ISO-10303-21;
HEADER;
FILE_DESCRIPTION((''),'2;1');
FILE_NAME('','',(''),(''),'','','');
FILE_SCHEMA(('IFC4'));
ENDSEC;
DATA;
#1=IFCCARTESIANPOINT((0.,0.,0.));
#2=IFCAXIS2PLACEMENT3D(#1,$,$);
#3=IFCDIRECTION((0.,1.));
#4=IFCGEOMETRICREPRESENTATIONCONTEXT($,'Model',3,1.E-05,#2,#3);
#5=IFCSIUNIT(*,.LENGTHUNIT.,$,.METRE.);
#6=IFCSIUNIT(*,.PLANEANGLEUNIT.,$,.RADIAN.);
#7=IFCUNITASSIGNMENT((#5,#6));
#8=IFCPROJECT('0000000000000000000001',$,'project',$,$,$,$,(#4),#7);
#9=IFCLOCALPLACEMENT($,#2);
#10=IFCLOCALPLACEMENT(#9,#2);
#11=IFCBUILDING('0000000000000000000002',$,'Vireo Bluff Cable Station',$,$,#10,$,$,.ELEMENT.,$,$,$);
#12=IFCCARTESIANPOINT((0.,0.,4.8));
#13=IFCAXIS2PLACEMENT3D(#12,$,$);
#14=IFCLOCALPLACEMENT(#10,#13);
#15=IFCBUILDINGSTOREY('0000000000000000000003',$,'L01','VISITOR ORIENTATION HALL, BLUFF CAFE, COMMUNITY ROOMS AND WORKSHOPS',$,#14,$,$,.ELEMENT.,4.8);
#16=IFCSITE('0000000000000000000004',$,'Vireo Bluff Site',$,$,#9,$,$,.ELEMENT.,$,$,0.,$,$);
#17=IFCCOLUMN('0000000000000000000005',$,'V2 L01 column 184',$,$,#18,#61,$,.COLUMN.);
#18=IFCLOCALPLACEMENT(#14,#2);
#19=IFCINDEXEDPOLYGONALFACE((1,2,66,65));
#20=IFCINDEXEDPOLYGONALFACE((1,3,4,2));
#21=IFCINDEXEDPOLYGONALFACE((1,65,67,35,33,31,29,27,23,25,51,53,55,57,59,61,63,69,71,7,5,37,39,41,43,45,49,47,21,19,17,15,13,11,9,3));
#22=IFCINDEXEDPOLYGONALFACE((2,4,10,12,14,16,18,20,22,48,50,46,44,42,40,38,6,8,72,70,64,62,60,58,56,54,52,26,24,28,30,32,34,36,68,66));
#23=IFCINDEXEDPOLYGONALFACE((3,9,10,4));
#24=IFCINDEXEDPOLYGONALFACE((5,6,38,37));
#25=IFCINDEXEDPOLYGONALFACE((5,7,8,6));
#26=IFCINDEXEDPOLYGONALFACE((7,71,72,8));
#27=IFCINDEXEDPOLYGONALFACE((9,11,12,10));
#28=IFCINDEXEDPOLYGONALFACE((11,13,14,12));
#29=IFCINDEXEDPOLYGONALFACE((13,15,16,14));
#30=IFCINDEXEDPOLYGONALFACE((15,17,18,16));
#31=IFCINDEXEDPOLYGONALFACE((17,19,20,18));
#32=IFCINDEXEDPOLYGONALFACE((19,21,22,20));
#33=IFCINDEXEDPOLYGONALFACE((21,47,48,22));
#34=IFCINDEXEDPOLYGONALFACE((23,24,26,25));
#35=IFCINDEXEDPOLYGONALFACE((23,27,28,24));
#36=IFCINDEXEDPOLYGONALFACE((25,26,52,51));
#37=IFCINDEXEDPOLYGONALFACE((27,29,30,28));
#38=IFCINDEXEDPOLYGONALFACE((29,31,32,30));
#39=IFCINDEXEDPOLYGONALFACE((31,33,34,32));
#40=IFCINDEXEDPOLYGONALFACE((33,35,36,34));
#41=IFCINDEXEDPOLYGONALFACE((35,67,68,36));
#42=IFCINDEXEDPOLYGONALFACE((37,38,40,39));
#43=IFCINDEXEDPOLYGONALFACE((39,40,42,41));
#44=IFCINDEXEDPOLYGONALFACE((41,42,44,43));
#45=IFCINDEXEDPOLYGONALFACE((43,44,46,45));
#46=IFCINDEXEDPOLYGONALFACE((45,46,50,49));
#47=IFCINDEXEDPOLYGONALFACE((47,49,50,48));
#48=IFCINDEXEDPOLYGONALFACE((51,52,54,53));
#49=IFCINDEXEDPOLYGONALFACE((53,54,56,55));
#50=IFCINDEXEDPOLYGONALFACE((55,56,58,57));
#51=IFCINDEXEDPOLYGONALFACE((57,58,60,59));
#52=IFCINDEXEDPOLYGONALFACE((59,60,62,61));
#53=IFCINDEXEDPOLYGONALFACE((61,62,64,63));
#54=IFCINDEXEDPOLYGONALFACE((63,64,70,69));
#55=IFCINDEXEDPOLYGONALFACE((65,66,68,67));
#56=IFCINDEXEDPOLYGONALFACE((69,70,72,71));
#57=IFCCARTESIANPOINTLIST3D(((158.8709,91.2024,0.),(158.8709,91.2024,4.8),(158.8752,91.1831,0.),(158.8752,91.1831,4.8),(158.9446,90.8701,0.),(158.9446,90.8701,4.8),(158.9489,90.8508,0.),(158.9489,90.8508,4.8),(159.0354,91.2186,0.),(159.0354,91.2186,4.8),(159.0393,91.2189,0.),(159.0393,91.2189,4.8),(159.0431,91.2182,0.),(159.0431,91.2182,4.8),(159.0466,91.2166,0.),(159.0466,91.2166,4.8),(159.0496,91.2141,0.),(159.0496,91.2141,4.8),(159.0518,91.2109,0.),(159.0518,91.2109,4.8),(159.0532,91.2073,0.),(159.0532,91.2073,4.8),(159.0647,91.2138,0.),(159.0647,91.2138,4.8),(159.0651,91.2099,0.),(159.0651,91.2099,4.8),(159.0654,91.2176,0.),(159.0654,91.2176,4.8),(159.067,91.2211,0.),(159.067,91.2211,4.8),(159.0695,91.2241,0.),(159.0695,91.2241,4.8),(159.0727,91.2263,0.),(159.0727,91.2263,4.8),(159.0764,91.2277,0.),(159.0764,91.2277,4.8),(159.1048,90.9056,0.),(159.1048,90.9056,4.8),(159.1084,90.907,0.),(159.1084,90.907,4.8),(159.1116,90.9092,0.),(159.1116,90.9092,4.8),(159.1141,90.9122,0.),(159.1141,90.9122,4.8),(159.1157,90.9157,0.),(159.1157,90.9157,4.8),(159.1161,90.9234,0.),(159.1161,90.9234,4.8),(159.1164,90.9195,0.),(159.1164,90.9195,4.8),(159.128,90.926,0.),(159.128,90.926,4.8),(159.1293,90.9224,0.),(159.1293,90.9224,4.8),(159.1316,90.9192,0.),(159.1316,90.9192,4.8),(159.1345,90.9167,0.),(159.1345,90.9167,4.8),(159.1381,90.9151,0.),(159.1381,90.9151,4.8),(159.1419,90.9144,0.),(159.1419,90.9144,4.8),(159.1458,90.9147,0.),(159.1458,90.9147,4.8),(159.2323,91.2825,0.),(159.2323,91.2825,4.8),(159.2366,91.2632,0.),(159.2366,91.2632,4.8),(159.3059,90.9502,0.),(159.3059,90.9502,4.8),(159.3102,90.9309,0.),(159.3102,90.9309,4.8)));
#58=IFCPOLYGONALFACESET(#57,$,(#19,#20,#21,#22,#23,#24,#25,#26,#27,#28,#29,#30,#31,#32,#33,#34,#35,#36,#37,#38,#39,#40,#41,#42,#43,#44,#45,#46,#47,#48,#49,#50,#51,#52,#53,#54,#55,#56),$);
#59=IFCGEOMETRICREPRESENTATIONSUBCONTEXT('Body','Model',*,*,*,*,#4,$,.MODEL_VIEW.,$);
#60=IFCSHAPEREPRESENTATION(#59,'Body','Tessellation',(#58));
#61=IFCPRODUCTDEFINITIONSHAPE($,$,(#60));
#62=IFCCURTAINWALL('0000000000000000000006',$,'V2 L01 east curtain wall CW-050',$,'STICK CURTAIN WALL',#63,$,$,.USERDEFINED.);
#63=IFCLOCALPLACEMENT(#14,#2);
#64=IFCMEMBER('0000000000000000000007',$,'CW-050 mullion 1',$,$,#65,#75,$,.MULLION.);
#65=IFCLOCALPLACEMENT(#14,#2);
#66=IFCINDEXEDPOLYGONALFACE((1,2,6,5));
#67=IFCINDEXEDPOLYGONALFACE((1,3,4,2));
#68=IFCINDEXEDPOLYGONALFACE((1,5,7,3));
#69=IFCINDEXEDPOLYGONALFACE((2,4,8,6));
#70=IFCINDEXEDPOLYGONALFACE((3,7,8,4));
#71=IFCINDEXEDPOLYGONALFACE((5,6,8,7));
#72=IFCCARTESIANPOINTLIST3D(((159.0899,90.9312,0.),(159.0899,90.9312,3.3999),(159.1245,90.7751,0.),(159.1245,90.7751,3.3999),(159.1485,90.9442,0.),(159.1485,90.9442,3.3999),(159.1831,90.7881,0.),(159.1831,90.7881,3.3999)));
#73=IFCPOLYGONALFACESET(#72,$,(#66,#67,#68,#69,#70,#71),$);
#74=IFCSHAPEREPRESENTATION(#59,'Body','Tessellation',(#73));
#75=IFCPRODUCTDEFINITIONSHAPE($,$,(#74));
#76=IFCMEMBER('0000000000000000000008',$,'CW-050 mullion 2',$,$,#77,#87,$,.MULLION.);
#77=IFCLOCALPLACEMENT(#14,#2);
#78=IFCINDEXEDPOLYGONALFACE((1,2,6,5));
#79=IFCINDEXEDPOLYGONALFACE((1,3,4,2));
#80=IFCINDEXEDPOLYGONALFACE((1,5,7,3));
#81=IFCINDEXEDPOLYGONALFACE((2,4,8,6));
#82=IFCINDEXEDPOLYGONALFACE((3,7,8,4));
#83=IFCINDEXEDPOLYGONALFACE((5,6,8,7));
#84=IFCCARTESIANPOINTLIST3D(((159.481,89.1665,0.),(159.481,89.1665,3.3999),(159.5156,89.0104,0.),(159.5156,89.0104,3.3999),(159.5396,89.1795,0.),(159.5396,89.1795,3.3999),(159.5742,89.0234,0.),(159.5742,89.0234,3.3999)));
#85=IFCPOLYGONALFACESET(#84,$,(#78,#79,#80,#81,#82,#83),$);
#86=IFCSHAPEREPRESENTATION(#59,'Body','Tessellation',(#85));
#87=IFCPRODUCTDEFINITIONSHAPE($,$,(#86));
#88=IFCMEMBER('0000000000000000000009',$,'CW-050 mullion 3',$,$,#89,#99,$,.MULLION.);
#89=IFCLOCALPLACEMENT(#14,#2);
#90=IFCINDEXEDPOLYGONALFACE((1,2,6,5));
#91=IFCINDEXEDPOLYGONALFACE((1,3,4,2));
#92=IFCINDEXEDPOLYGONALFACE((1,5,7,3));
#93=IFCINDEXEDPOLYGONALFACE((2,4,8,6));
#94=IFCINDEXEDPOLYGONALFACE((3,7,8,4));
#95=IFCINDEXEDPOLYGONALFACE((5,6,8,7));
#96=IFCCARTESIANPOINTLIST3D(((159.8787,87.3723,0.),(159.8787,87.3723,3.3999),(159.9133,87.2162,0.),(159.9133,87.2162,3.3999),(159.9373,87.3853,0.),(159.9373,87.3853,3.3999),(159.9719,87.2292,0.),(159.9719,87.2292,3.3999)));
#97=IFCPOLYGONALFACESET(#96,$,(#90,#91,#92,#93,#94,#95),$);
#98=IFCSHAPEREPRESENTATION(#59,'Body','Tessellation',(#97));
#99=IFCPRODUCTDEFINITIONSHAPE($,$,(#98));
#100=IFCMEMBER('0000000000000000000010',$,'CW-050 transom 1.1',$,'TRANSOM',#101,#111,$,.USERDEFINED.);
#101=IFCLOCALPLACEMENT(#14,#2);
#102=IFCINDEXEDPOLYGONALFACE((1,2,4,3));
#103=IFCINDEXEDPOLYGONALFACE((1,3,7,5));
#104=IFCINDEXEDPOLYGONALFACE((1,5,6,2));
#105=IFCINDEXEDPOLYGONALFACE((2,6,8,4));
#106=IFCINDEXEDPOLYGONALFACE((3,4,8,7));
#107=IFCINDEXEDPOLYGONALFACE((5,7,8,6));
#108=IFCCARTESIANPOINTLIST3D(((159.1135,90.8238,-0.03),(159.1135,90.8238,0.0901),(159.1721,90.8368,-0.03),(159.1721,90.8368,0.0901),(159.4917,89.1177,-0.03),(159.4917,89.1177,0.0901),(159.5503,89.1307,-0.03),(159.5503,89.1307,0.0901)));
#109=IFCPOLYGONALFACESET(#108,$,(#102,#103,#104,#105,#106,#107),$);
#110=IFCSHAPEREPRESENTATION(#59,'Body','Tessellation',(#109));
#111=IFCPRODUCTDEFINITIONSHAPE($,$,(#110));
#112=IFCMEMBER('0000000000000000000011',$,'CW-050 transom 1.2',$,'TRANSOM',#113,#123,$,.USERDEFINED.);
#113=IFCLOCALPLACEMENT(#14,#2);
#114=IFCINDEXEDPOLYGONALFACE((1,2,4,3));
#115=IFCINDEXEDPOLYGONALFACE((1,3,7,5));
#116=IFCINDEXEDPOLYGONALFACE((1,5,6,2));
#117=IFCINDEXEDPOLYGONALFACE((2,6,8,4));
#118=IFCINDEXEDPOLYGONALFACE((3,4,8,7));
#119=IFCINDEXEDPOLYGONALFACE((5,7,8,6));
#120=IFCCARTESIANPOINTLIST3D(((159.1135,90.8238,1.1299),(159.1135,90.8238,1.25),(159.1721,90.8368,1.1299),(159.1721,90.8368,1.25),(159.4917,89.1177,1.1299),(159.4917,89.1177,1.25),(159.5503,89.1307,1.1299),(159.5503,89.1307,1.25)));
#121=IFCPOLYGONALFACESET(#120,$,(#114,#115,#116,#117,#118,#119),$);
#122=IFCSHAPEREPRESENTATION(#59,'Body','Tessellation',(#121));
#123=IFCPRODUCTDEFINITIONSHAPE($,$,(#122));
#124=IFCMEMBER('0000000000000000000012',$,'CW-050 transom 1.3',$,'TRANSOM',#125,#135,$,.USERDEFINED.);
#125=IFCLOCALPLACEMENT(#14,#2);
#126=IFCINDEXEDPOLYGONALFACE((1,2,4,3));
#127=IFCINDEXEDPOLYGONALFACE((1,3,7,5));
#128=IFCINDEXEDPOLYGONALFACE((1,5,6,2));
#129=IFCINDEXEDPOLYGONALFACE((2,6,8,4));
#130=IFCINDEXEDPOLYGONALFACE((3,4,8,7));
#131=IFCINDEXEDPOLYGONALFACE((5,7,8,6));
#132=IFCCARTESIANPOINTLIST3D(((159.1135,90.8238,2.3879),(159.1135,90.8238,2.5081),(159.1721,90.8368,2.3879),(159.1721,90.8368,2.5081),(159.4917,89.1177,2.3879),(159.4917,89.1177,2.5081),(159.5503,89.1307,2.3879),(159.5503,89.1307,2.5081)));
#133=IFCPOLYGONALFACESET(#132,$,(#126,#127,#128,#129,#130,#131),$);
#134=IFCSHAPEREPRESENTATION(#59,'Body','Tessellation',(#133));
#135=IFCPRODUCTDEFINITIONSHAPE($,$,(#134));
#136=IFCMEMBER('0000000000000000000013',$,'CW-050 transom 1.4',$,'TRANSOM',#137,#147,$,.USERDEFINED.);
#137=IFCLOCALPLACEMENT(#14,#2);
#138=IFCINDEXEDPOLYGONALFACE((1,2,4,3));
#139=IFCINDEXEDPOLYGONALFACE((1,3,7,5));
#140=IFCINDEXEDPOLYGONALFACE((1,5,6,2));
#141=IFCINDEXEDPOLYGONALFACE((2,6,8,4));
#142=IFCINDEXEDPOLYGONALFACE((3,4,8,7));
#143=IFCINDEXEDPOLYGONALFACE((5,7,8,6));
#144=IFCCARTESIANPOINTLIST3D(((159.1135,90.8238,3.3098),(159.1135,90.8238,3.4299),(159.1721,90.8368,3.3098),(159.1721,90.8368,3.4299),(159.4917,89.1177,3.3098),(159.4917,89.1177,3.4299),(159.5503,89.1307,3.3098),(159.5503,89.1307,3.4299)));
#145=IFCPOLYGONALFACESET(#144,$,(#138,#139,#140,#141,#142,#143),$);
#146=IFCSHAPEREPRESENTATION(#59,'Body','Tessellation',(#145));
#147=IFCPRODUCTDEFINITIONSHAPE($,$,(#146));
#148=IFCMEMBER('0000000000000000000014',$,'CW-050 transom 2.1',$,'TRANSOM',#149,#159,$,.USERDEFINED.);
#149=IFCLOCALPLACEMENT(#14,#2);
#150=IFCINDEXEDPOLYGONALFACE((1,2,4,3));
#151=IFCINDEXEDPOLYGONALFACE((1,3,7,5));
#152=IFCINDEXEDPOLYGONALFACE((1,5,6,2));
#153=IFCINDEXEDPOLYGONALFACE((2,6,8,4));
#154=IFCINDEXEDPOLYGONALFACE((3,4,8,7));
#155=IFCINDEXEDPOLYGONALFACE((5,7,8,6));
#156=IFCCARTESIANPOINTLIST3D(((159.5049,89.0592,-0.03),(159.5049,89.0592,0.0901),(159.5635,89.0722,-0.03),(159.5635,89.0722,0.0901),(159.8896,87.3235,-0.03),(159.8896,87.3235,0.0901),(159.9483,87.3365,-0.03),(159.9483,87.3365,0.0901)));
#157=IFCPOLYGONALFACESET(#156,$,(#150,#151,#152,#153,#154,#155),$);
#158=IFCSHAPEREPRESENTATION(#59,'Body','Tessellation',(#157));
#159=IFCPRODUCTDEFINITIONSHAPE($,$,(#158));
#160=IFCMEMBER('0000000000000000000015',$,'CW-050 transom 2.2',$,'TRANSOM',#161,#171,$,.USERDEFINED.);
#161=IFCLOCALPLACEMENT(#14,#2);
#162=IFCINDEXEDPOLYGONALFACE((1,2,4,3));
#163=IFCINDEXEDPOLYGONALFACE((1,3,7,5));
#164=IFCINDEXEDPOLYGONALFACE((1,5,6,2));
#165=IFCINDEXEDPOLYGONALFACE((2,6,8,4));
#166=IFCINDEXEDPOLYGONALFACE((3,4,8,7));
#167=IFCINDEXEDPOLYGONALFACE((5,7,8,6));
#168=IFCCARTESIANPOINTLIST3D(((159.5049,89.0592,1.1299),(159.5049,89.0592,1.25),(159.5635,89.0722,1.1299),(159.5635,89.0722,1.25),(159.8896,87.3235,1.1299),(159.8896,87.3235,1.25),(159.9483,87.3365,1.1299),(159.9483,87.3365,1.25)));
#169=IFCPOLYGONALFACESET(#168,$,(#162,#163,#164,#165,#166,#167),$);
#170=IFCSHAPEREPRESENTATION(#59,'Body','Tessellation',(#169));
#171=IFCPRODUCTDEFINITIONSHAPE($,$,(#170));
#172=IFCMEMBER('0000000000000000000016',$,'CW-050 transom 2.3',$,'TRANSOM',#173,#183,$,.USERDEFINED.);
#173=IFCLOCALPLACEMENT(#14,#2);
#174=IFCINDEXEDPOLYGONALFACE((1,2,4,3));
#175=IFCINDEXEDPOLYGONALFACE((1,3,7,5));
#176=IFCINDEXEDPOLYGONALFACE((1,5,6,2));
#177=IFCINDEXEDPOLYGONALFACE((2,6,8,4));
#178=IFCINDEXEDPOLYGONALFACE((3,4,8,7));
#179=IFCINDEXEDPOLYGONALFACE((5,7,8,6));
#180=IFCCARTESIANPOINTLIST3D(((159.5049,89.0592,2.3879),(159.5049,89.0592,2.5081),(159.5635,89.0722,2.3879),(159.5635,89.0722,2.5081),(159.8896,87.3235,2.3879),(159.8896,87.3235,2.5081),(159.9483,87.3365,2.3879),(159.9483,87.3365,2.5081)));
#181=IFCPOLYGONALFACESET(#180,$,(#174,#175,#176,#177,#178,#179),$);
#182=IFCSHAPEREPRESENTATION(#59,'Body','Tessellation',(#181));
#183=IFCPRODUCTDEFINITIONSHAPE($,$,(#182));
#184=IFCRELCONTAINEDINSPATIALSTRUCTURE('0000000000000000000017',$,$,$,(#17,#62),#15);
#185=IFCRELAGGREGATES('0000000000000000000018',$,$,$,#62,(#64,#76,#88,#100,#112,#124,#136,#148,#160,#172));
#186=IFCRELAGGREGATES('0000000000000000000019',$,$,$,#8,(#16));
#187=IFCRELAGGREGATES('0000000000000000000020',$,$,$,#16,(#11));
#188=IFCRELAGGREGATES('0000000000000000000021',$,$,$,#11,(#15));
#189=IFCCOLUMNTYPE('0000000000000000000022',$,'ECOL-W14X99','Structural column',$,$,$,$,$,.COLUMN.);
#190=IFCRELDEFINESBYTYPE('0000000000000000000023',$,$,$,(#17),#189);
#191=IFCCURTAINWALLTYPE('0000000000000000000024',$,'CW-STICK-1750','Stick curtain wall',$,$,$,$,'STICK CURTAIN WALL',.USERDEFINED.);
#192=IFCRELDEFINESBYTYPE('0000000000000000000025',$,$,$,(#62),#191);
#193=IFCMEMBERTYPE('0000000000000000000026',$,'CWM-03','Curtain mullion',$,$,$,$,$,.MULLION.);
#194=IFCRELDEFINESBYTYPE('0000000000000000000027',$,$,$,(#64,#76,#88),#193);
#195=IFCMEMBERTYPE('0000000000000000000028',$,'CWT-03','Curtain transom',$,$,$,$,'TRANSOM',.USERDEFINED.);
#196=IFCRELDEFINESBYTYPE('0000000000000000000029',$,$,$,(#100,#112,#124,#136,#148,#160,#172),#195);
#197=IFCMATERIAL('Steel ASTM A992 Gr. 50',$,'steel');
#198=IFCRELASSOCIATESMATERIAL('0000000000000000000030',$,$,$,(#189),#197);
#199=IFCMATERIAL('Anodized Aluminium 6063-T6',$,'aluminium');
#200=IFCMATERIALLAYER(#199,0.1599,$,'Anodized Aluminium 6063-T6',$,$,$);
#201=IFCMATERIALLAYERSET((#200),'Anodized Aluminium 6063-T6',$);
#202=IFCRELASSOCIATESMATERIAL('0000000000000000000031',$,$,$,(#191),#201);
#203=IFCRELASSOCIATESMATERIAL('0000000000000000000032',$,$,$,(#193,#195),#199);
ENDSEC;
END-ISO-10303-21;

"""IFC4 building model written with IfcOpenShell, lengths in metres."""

from ifc_helpers import new_model, si_unit, direction, frame, origin, origin_2d, place, context, subcontext, project, spatial, rectangle, i_section, extrude, material, layer, layer_set, material_profile, profile_set, type_object, element, aggregate, save


model = new_model("IFC4")

# Units and contexts
model_context = context("Model", 3, precision=1e-05, world=origin(), true_north=direction((0.0, 1.0)))
body_context = subcontext(model_context, "Body", "Model", "MODEL_VIEW")
ifc_project = project(units=[si_unit("LENGTHUNIT", "METRE"), si_unit("PLANEANGLEUNIT", "RADIAN")], contexts=[model_context])

# Site, building, storey
site_placement = place(None, origin())
site = spatial("IfcSite", under=ifc_project, at=site_placement, Name="Vireo Bluff Site", CompositionType="ELEMENT", RefElevation=0.0)
building_placement = place(site_placement, origin())
building = spatial("IfcBuilding", under=site, at=building_placement, Name="Vireo Bluff Cable Station", CompositionType="ELEMENT")
storey_placement = place(building_placement, frame((0.0, 0.0, 4.8)))
storey = spatial("IfcBuildingStorey", under=building, at=storey_placement, Name="L01", Description="VISITOR ORIENTATION HALL, BLUFF CAFE, COMMUNITY ROOMS AND WORKSHOPS", CompositionType="ELEMENT", Elevation=4.8)

# Column
ifc_material_1 = material(Name="Steel ASTM A992 Gr. 50", Category="steel")
ifc_material_profile_1 = material_profile(ifc_material_1, i_section(OverallWidth=0.3701, OverallDepth=0.3601, WebThickness=0.0122, FlangeThickness=0.0198, FilletRadius=0.0149, at=origin_2d()), Name="W14X99")
ifc_profile_set_1 = profile_set([ifc_material_profile_1], Name="Steel ASTM A992 Gr. 50")
column_type = type_object("IfcColumnType", Name="ECOL-W14X99", Description="Structural column", PredefinedType="COLUMN", material=ifc_profile_set_1)
column_placement = place(storey_placement, frame((159.0906, 91.0667, 0.0), z_axis=(0.0, 0.0, 1.0), x_axis=(0.976296, 0.21644, 0.0)))
element("IfcColumn", 1, at=column_placement, inside=storey, type_object=column_type, Name="V2 L01 column 184", PredefinedType="COLUMN", context=body_context, shape_type="SweptSolid", body=[
    extrude(i_section(OverallWidth=0.3701, OverallDepth=0.3601, WebThickness=0.0122, FlangeThickness=0.0198, FilletRadius=0.0149, at=origin_2d()), origin(), (0.0, 0.0, 1.0), 4.8),
])

# Curtain wall, members
ifc_material_2 = material(Name="Anodized Aluminium 6063-T6", Category="aluminium")
ifc_layer_1 = layer(ifc_material_2, 0.1599, Name="Anodized Aluminium 6063-T6")
ifc_layer_set_1 = layer_set([ifc_layer_1], Name="Anodized Aluminium 6063-T6")
curtain_wall_type = type_object("IfcCurtainWallType", Name="CW-STICK-1750", Description="Stick curtain wall", ElementType="STICK CURTAIN WALL", PredefinedType="USERDEFINED", material=ifc_layer_set_1)
curtain_wall_placement = place(storey_placement, origin())
curtain_wall = element("IfcCurtainWall", 2, at=curtain_wall_placement, inside=storey, type_object=curtain_wall_type, Name="V2 L01 east curtain wall CW-050", ObjectType="STICK CURTAIN WALL", PredefinedType="USERDEFINED")
ifc_material_profile_2 = material_profile(ifc_material_2, rectangle(XDim=0.0601, YDim=0.1599, at=origin_2d()), Name="ALU-M-60X160")
ifc_profile_set_2 = profile_set([ifc_material_profile_2], Name="Anodized Aluminium 6063-T6")
member_type_1 = type_object("IfcMemberType", Name="CWM-03", Description="Curtain mullion", PredefinedType="MULLION", material=ifc_profile_set_2)
member_1_placement = place(storey_placement, frame((159.1365, 90.8596, 0.0), z_axis=(0.0, 0.0, 1.0), x_axis=(0.976296, 0.21644, 0.0)))
member_1 = element("IfcMember", 3, at=member_1_placement, type_object=member_type_1, Name="CW-050 mullion 1", PredefinedType="MULLION", context=body_context, shape_type="SweptSolid", body=[
    extrude(rectangle(XDim=0.0601, YDim=0.1599, at=origin_2d()), origin(), (0.0, 0.0, 1.0), 3.3999),
])
member_2_placement = place(storey_placement, frame((159.5276, 89.095, 0.0), z_axis=(0.0, 0.0, 1.0), x_axis=(0.976296, 0.21644, 0.0)))
member_2 = element("IfcMember", 4, at=member_2_placement, type_object=member_type_1, Name="CW-050 mullion 2", PredefinedType="MULLION", context=body_context, shape_type="SweptSolid", body=[
    extrude(rectangle(XDim=0.0601, YDim=0.1599, at=origin_2d()), origin(), (0.0, 0.0, 1.0), 3.3999),
])
member_3_placement = place(storey_placement, frame((159.9253, 87.3008, 0.0), z_axis=(0.0, 0.0, 1.0), x_axis=(0.976296, 0.21644, 0.0)))
member_3 = element("IfcMember", 5, at=member_3_placement, type_object=member_type_1, Name="CW-050 mullion 3", PredefinedType="MULLION", context=body_context, shape_type="SweptSolid", body=[
    extrude(rectangle(XDim=0.0601, YDim=0.1599, at=origin_2d()), origin(), (0.0, 0.0, 1.0), 3.3999),
])
ifc_material_profile_3 = material_profile(ifc_material_2, rectangle(XDim=0.0601, YDim=0.1201, at=origin_2d()), Name="ALU-T-60X120")
ifc_profile_set_3 = profile_set([ifc_material_profile_3], Name="Anodized Aluminium 6063-T6")
member_type_2 = type_object("IfcMemberType", Name="CWT-03", Description="Curtain transom", ElementType="TRANSOM", PredefinedType="USERDEFINED", material=ifc_profile_set_3)
member_4_placement = place(storey_placement, frame((159.1428, 90.8303, 0.03), z_axis=(0.216413, -0.976302, 0.0), x_axis=(0.976302, 0.216413, 0.0)))
member_4 = element("IfcMember", 6, at=member_4_placement, type_object=member_type_2, Name="CW-050 transom 1.1", ObjectType="TRANSOM", PredefinedType="USERDEFINED", context=body_context, shape_type="SweptSolid", body=[
    extrude(rectangle(XDim=0.0601, YDim=0.1201, at=origin_2d()), origin(), (0.0, 0.0, 1.0), 1.7476),
])
member_5_placement = place(storey_placement, frame((159.1428, 90.8303, 1.1899), z_axis=(0.216413, -0.976302, 0.0), x_axis=(0.976302, 0.216413, 0.0)))
member_5 = element("IfcMember", 7, at=member_5_placement, type_object=member_type_2, Name="CW-050 transom 1.2", ObjectType="TRANSOM", PredefinedType="USERDEFINED", context=body_context, shape_type="SweptSolid", body=[
    extrude(rectangle(XDim=0.0601, YDim=0.1201, at=origin_2d()), origin(), (0.0, 0.0, 1.0), 1.7476),
])
member_6_placement = place(storey_placement, frame((159.1428, 90.8303, 2.448), z_axis=(0.216413, -0.976302, 0.0), x_axis=(0.976302, 0.216413, 0.0)))
member_6 = element("IfcMember", 8, at=member_6_placement, type_object=member_type_2, Name="CW-050 transom 1.3", ObjectType="TRANSOM", PredefinedType="USERDEFINED", context=body_context, shape_type="SweptSolid", body=[
    extrude(rectangle(XDim=0.0601, YDim=0.1201, at=origin_2d()), origin(), (0.0, 0.0, 1.0), 1.7476),
])
member_7_placement = place(storey_placement, frame((159.1428, 90.8303, 3.3699), z_axis=(0.216413, -0.976302, 0.0), x_axis=(0.976302, 0.216413, 0.0)))
member_7 = element("IfcMember", 9, at=member_7_placement, type_object=member_type_2, Name="CW-050 transom 1.4", ObjectType="TRANSOM", PredefinedType="USERDEFINED", context=body_context, shape_type="SweptSolid", body=[
    extrude(rectangle(XDim=0.0601, YDim=0.1201, at=origin_2d()), origin(), (0.0, 0.0, 1.0), 1.7476),
])
member_8_placement = place(storey_placement, frame((159.5342, 89.0657, 0.03), z_axis=(0.216436, -0.976297, 0.0), x_axis=(0.976297, 0.216436, 0.0)))
member_8 = element("IfcMember", 10, at=member_8_placement, type_object=member_type_2, Name="CW-050 transom 2.1", ObjectType="TRANSOM", PredefinedType="USERDEFINED", context=body_context, shape_type="SweptSolid", body=[
    extrude(rectangle(XDim=0.0601, YDim=0.1201, at=origin_2d()), origin(), (0.0, 0.0, 1.0), 1.7778),
])
member_9_placement = place(storey_placement, frame((159.5342, 89.0657, 1.1899), z_axis=(0.216436, -0.976297, 0.0), x_axis=(0.976297, 0.216436, 0.0)))
member_9 = element("IfcMember", 11, at=member_9_placement, type_object=member_type_2, Name="CW-050 transom 2.2", ObjectType="TRANSOM", PredefinedType="USERDEFINED", context=body_context, shape_type="SweptSolid", body=[
    extrude(rectangle(XDim=0.0601, YDim=0.1201, at=origin_2d()), origin(), (0.0, 0.0, 1.0), 1.7778),
])
member_10_placement = place(storey_placement, frame((159.5342, 89.0657, 2.448), z_axis=(0.216436, -0.976297, 0.0), x_axis=(0.976297, 0.216436, 0.0)))
member_10 = element("IfcMember", 12, at=member_10_placement, type_object=member_type_2, Name="CW-050 transom 2.3", ObjectType="TRANSOM", PredefinedType="USERDEFINED", context=body_context, shape_type="SweptSolid", body=[
    extrude(rectangle(XDim=0.0601, YDim=0.1201, at=origin_2d()), origin(), (0.0, 0.0, 1.0), 1.7778),
])
aggregate(curtain_wall, [member_1, member_2, member_3, member_4, member_5, member_6, member_7, member_8, member_9, member_10])

save(model, "model.ifc")
